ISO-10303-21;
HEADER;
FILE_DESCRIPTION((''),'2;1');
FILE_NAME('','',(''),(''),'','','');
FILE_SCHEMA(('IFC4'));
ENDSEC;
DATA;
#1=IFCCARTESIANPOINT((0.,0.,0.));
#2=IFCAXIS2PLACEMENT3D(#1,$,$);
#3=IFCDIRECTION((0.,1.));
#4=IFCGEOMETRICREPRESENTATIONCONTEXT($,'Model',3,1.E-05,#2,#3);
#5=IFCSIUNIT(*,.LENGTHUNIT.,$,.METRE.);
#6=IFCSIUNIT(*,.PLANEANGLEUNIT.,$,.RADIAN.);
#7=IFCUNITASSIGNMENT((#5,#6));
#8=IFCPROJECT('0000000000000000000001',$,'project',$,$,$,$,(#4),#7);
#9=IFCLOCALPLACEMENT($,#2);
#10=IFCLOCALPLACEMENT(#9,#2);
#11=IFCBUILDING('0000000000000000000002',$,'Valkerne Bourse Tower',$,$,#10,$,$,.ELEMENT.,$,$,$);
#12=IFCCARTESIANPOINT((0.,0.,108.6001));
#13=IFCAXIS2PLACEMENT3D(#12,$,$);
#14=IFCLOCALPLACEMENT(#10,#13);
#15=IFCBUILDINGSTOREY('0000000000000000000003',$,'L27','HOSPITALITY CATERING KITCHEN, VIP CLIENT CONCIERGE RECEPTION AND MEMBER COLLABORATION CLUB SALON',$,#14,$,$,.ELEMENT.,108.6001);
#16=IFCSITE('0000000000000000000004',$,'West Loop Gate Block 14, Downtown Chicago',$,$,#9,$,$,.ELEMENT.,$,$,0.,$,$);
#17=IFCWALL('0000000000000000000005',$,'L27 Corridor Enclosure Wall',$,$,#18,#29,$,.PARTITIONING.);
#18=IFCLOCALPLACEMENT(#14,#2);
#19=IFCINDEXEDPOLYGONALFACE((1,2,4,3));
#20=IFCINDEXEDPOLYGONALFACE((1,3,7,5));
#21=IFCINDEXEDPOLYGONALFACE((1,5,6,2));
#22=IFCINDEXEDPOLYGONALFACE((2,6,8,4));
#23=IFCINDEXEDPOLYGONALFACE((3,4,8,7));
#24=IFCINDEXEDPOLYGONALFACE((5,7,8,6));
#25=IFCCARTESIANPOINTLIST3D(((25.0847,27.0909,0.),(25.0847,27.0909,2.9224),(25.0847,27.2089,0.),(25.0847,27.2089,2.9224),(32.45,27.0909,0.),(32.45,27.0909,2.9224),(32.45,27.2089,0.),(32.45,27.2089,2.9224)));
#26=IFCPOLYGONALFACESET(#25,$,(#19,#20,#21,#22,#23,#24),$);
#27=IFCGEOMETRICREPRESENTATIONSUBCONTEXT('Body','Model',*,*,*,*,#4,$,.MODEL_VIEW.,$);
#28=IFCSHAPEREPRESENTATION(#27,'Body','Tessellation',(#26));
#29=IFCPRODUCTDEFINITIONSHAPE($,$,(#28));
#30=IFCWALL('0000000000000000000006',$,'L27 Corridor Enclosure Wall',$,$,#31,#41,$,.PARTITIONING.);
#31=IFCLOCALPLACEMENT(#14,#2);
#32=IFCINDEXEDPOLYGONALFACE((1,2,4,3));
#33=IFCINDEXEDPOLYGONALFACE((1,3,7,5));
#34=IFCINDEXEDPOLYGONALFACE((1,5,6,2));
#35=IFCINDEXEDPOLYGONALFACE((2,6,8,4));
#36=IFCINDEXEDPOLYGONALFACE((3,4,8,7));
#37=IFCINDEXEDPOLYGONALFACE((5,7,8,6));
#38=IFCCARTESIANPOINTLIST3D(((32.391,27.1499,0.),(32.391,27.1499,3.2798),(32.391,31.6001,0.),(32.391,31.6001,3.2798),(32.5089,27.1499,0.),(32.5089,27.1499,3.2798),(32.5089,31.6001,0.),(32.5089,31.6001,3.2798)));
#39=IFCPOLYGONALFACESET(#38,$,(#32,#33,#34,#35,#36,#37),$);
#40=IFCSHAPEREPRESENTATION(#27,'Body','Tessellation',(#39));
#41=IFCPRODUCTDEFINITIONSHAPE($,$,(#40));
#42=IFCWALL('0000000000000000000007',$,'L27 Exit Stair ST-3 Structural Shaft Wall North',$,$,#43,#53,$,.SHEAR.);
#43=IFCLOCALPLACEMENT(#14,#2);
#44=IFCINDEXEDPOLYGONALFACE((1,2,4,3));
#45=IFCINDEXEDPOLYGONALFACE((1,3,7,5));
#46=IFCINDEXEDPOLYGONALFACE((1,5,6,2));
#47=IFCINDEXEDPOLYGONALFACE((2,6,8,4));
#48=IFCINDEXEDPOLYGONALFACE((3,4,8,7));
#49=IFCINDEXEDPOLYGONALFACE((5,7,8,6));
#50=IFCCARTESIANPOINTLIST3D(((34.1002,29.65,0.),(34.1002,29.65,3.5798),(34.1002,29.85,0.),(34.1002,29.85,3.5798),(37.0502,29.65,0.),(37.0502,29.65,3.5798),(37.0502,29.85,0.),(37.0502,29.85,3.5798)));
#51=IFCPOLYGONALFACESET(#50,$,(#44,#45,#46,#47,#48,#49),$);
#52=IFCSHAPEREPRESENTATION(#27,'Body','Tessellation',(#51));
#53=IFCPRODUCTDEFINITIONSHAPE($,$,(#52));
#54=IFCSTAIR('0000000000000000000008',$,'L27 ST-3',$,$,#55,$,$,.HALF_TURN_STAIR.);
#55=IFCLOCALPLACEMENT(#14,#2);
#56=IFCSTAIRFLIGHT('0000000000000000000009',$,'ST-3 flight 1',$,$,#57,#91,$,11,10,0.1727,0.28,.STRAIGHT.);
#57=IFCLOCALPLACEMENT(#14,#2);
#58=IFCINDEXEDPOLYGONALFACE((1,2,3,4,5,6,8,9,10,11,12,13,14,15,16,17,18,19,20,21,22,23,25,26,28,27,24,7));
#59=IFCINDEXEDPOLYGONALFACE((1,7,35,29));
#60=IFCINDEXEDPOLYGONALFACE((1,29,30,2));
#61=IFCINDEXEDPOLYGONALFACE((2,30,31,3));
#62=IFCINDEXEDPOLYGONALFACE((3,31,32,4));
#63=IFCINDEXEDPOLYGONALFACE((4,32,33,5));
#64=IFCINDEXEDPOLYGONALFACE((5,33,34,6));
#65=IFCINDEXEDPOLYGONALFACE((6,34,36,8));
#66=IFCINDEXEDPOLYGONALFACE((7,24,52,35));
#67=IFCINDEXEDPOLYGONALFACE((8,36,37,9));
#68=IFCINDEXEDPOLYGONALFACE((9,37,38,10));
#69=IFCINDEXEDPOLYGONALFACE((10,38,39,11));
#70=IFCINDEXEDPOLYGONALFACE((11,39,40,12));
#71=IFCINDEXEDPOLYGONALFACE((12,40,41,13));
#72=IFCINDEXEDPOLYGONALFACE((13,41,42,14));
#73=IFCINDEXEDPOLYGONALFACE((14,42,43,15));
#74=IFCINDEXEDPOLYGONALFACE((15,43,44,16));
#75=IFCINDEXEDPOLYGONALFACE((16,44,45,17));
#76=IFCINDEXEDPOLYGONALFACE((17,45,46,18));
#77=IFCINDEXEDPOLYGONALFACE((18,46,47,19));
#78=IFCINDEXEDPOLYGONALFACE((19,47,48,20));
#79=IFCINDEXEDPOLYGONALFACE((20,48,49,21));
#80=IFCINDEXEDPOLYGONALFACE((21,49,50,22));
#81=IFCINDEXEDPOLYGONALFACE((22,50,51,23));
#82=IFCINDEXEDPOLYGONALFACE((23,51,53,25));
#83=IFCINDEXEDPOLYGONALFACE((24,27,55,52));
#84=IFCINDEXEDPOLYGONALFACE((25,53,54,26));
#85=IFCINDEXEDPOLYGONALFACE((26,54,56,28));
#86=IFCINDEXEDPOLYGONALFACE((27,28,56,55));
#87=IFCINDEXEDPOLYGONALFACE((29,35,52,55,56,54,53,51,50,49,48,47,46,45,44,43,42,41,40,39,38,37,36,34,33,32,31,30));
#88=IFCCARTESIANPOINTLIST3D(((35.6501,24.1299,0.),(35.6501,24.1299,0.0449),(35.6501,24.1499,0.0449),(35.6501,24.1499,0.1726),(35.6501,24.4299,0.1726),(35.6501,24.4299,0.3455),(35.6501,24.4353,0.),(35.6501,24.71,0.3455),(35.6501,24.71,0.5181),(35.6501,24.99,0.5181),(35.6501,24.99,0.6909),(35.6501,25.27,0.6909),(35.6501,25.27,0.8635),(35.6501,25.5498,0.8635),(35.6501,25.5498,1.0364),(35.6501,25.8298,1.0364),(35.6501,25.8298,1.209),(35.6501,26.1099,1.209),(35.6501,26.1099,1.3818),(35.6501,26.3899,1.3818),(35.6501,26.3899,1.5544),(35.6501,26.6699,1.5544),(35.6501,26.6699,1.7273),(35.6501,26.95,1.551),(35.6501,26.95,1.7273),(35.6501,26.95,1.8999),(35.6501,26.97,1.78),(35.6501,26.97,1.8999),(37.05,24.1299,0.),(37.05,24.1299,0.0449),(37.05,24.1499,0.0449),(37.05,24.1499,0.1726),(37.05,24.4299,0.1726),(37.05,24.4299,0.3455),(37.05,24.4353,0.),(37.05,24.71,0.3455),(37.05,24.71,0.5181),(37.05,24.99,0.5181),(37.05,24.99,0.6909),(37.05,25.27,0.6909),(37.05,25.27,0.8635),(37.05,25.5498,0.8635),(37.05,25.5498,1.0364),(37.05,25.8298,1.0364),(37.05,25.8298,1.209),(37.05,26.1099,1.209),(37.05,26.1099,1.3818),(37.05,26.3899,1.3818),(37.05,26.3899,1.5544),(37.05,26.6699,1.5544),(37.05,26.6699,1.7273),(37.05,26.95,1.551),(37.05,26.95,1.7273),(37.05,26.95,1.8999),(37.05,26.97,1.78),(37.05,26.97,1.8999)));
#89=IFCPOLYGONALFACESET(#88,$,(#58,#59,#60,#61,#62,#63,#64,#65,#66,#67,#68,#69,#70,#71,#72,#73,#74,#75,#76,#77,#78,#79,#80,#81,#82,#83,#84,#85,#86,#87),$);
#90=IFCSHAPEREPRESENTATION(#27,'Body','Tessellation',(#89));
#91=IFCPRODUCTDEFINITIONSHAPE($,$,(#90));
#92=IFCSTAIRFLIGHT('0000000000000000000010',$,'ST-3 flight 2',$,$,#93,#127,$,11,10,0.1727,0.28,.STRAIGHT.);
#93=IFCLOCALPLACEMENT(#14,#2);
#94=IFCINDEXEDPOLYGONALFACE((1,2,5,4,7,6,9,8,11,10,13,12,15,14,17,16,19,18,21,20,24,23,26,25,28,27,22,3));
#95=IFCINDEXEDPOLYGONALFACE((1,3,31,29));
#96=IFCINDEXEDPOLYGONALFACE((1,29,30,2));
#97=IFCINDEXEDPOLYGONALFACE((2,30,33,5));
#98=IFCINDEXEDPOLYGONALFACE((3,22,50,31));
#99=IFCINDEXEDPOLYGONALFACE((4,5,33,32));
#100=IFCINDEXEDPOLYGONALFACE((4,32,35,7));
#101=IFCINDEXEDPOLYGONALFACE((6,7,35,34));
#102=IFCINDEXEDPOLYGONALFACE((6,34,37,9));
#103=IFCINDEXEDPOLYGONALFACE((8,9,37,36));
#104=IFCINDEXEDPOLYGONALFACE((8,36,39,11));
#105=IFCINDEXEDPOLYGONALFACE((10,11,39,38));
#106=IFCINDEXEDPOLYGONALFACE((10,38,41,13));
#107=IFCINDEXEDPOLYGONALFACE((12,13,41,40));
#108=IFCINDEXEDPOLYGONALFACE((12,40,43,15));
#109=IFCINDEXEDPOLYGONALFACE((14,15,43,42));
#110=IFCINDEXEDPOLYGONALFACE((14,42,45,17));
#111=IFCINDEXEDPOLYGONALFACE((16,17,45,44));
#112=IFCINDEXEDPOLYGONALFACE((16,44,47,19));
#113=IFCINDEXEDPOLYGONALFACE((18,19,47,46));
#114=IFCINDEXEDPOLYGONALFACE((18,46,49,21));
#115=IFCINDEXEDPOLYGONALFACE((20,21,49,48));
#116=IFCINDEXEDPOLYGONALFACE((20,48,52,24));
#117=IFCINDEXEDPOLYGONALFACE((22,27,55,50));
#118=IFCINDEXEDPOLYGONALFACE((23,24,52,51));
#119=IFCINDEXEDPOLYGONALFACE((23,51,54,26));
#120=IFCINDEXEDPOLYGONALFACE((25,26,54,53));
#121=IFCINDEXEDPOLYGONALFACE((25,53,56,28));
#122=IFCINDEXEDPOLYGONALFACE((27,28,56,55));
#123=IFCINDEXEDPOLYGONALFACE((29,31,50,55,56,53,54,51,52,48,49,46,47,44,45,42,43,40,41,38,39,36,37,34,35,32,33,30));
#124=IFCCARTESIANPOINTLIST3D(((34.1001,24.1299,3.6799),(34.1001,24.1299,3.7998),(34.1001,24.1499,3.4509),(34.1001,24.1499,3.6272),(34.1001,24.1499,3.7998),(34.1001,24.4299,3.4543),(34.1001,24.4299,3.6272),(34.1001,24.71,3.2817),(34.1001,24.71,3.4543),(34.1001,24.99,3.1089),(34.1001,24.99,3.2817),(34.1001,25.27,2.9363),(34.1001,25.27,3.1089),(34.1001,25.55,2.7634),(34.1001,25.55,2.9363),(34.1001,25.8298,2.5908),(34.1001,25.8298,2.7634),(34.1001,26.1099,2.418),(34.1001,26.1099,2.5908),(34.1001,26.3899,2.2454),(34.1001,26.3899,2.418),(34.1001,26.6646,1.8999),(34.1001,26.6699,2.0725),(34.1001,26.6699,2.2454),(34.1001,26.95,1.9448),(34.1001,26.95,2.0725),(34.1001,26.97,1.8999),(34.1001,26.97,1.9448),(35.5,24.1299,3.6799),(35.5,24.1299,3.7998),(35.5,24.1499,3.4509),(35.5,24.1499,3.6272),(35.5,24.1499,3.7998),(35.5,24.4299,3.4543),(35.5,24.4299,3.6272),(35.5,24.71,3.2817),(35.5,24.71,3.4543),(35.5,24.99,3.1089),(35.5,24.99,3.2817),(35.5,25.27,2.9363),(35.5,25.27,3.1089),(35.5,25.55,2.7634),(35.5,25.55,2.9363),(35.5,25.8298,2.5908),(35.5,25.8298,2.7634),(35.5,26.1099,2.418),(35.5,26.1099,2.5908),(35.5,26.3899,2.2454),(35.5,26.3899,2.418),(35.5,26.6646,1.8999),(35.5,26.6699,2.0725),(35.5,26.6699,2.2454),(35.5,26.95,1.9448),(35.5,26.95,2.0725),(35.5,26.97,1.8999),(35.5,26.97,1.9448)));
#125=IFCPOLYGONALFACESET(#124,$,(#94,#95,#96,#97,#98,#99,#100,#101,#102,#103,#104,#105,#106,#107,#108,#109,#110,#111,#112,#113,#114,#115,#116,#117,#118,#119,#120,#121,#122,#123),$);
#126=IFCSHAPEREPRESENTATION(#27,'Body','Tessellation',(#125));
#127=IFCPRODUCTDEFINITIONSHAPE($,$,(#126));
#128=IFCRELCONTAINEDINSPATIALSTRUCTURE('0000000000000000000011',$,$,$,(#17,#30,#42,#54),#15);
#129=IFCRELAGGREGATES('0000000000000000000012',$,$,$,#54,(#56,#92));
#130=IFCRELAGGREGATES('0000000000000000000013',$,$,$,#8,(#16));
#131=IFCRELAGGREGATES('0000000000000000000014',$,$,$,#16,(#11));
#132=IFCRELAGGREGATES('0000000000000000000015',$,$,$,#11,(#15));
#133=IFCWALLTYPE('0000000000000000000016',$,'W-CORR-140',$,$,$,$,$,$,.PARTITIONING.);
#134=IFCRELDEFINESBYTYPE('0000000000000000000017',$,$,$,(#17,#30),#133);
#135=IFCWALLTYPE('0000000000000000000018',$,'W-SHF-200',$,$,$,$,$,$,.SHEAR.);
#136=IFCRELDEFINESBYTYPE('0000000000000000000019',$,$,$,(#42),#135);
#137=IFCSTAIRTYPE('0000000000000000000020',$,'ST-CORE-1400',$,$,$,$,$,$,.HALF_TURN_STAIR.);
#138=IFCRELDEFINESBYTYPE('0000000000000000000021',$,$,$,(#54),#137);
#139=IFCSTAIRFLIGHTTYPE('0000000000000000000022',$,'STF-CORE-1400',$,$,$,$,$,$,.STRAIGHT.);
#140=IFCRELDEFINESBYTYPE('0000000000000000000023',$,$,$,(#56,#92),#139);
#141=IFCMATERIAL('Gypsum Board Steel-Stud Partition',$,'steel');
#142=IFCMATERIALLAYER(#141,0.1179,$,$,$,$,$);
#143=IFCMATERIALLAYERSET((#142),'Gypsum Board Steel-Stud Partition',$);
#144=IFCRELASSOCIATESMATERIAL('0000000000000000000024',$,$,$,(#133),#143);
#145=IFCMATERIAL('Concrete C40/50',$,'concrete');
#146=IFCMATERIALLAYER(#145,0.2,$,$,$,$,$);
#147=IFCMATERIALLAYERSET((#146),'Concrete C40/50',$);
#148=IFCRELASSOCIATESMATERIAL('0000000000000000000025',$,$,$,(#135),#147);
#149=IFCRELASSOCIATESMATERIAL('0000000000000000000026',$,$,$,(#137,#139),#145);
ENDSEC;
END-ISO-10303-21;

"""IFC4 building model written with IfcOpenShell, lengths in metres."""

from ifc_helpers import new_model, si_unit, direction, frame, frame_2d, origin, place, context, subcontext, project, spatial, polyline, rectangle, outline, extrude, material, layer, layer_set, type_object, element, aggregate, save


model = new_model("IFC4")

# Units and contexts
model_context = context("Model", 3, precision=1e-05, world=origin(), true_north=direction((0.0, 1.0)))
body_context = subcontext(model_context, "Body", "Model", "MODEL_VIEW")
ifc_project = project(units=[si_unit("LENGTHUNIT", "METRE"), si_unit("PLANEANGLEUNIT", "RADIAN")], contexts=[model_context])

# Site, building, storey
site_placement = place(None, origin())
site = spatial("IfcSite", under=ifc_project, at=site_placement, Name="West Loop Gate Block 14, Downtown Chicago", CompositionType="ELEMENT", RefElevation=0.0)
building_placement = place(site_placement, origin())
building = spatial("IfcBuilding", under=site, at=building_placement, Name="Valkerne Bourse Tower", CompositionType="ELEMENT")
storey_placement = place(building_placement, frame((0.0, 0.0, 108.6001)))
storey = spatial("IfcBuildingStorey", under=building, at=storey_placement, Name="L27", Description="HOSPITALITY CATERING KITCHEN, VIP CLIENT CONCIERGE RECEPTION AND MEMBER COLLABORATION CLUB SALON", CompositionType="ELEMENT", Elevation=108.6001)

# Walls
ifc_material_1 = material(Name="Gypsum Board Steel-Stud Partition", Category="steel")
ifc_layer_1 = layer(ifc_material_1, 0.1179)
ifc_layer_set_1 = layer_set([ifc_layer_1], Name="Gypsum Board Steel-Stud Partition")
wall_type_1 = type_object("IfcWallType", Name="W-CORR-140", PredefinedType="PARTITIONING", material=ifc_layer_set_1)
wall_1_placement = place(storey_placement, frame((25.0847, 27.1499, 0.0), z_axis=(0.0, 0.0, 1.0), x_axis=(1.0, 0.0, 0.0)))
element("IfcWall", 1, at=wall_1_placement, inside=storey, type_object=wall_type_1, Name="L27 Corridor Enclosure Wall", PredefinedType="PARTITIONING", context=body_context, shape_type="SweptSolid", body=[
    extrude(rectangle(XDim=7.3652, YDim=0.1179, at=frame_2d((3.6826, 0.0))), origin(), (0.0, 0.0, 1.0), 2.9224),
])
wall_2_placement = place(storey_placement, frame((32.45, 27.1499, 0.0), z_axis=(0.0, 0.0, 1.0), x_axis=(0.0, 1.0, 0.0)))
element("IfcWall", 2, at=wall_2_placement, inside=storey, type_object=wall_type_1, Name="L27 Corridor Enclosure Wall", PredefinedType="PARTITIONING", context=body_context, shape_type="SweptSolid", body=[
    extrude(rectangle(XDim=4.4502, YDim=0.1179, at=frame_2d((2.2251, 0.0))), origin(), (0.0, 0.0, 1.0), 3.2798),
])
ifc_material_2 = material(Name="Concrete C40/50", Category="concrete")
ifc_layer_2 = layer(ifc_material_2, 0.2)
ifc_layer_set_2 = layer_set([ifc_layer_2], Name="Concrete C40/50")
wall_type_2 = type_object("IfcWallType", Name="W-SHF-200", PredefinedType="SHEAR", material=ifc_layer_set_2)
wall_3_placement = place(storey_placement, frame((34.1001, 29.75, 0.0), z_axis=(0.0, 0.0, 1.0), x_axis=(1.0, 0.0, 0.0)))
element("IfcWall", 3, at=wall_3_placement, inside=storey, type_object=wall_type_2, Name="L27 Exit Stair ST-3 Structural Shaft Wall North", PredefinedType="SHEAR", context=body_context, shape_type="SweptSolid", body=[
    extrude(rectangle(XDim=2.95, YDim=0.2, at=frame_2d((1.4751, 0.0))), origin(), (0.0, 0.0, 1.0), 3.5798),
])

# Stair, stair flights
stair_type = type_object("IfcStairType", Name="ST-CORE-1400", PredefinedType="HALF_TURN_STAIR", material=ifc_material_2)
stair_placement = place(storey_placement, origin())
stair = element("IfcStair", 4, at=stair_placement, inside=storey, type_object=stair_type, Name="L27 ST-3", PredefinedType="HALF_TURN_STAIR")
stair_flight_type = type_object("IfcStairFlightType", Name="STF-CORE-1400", PredefinedType="STRAIGHT", material=ifc_material_2)
stair_flight_1_placement = place(storey_placement, frame((36.3501, 24.1499, 0.0), z_axis=(0.0, 0.0, 1.0), x_axis=(0.0, 1.0, 0.0)))
stair_flight_1 = element("IfcStairFlight", 5, at=stair_flight_1_placement, type_object=stair_flight_type, Name="ST-3 flight 1", NumberOfRisers=11, NumberOfTreads=10, PredefinedType="STRAIGHT", RiserHeight=0.1727, TreadLength=0.28, context=body_context, shape_type="SweptSolid", body=[
    extrude(outline(polyline([(-0.02, 0.0), (-0.02, 0.0449), (0.0, 0.0449), (0.0, 0.1726), (0.28, 0.1726), (0.28, 0.3455), (0.5601, 0.3455), (0.5601, 0.5181), (0.8401, 0.5181), (0.8401, 0.6909), (1.1201, 0.6909), (1.1201, 0.8635), (1.3999, 0.8635), (1.3999, 1.0364), (1.6799, 1.0364), (1.6799, 1.209), (1.96, 1.209), (1.96, 1.3818), (2.24, 1.3818), (2.24, 1.5544), (2.52, 1.5544), (2.52, 1.7273), (2.8, 1.7273), (2.8, 1.8999), (2.8201, 1.8999), (2.8201, 1.78), (2.8, 1.551), (0.2854, 0.0), (-0.02, 0.0)])), frame((0.0, 0.7, 0.0), z_axis=(0.0, -1.0, 0.0), x_axis=(1.0, 0.0, 0.0)), (0.0, 0.0, 1.0), 1.3999),
])
stair_flight_2_placement = place(storey_placement, frame((34.8, 26.95, 1.8999), z_axis=(0.0, 0.0, 1.0), x_axis=(0.0, -1.0, 0.0)))
stair_flight_2 = element("IfcStairFlight", 6, at=stair_flight_2_placement, type_object=stair_flight_type, Name="ST-3 flight 2", NumberOfRisers=11, NumberOfTreads=10, PredefinedType="STRAIGHT", RiserHeight=0.1727, TreadLength=0.28, context=body_context, shape_type="SweptSolid", body=[
    extrude(outline(polyline([(-0.02, 0.0), (-0.02, 0.0449), (0.0, 0.0449), (0.0, 0.1726), (0.28, 0.1726), (0.28, 0.3455), (0.5601, 0.3455), (0.5601, 0.5181), (0.8401, 0.5181), (0.8401, 0.6909), (1.1201, 0.6909), (1.1201, 0.8635), (1.3999, 0.8635), (1.3999, 1.0364), (1.6799, 1.0364), (1.6799, 1.209), (1.96, 1.209), (1.96, 1.3818), (2.24, 1.3818), (2.24, 1.5544), (2.52, 1.5544), (2.52, 1.7273), (2.8, 1.7273), (2.8, 1.8999), (2.8201, 1.8999), (2.8201, 1.78), (2.8, 1.551), (0.2854, 0.0), (-0.02, 0.0)])), frame((0.0, 0.7, 0.0), z_axis=(0.0, -1.0, 0.0), x_axis=(1.0, 0.0, 0.0)), (0.0, 0.0, 1.0), 1.3999),
])
aggregate(stair, [stair_flight_1, stair_flight_2])

save(model, "model.ifc")
